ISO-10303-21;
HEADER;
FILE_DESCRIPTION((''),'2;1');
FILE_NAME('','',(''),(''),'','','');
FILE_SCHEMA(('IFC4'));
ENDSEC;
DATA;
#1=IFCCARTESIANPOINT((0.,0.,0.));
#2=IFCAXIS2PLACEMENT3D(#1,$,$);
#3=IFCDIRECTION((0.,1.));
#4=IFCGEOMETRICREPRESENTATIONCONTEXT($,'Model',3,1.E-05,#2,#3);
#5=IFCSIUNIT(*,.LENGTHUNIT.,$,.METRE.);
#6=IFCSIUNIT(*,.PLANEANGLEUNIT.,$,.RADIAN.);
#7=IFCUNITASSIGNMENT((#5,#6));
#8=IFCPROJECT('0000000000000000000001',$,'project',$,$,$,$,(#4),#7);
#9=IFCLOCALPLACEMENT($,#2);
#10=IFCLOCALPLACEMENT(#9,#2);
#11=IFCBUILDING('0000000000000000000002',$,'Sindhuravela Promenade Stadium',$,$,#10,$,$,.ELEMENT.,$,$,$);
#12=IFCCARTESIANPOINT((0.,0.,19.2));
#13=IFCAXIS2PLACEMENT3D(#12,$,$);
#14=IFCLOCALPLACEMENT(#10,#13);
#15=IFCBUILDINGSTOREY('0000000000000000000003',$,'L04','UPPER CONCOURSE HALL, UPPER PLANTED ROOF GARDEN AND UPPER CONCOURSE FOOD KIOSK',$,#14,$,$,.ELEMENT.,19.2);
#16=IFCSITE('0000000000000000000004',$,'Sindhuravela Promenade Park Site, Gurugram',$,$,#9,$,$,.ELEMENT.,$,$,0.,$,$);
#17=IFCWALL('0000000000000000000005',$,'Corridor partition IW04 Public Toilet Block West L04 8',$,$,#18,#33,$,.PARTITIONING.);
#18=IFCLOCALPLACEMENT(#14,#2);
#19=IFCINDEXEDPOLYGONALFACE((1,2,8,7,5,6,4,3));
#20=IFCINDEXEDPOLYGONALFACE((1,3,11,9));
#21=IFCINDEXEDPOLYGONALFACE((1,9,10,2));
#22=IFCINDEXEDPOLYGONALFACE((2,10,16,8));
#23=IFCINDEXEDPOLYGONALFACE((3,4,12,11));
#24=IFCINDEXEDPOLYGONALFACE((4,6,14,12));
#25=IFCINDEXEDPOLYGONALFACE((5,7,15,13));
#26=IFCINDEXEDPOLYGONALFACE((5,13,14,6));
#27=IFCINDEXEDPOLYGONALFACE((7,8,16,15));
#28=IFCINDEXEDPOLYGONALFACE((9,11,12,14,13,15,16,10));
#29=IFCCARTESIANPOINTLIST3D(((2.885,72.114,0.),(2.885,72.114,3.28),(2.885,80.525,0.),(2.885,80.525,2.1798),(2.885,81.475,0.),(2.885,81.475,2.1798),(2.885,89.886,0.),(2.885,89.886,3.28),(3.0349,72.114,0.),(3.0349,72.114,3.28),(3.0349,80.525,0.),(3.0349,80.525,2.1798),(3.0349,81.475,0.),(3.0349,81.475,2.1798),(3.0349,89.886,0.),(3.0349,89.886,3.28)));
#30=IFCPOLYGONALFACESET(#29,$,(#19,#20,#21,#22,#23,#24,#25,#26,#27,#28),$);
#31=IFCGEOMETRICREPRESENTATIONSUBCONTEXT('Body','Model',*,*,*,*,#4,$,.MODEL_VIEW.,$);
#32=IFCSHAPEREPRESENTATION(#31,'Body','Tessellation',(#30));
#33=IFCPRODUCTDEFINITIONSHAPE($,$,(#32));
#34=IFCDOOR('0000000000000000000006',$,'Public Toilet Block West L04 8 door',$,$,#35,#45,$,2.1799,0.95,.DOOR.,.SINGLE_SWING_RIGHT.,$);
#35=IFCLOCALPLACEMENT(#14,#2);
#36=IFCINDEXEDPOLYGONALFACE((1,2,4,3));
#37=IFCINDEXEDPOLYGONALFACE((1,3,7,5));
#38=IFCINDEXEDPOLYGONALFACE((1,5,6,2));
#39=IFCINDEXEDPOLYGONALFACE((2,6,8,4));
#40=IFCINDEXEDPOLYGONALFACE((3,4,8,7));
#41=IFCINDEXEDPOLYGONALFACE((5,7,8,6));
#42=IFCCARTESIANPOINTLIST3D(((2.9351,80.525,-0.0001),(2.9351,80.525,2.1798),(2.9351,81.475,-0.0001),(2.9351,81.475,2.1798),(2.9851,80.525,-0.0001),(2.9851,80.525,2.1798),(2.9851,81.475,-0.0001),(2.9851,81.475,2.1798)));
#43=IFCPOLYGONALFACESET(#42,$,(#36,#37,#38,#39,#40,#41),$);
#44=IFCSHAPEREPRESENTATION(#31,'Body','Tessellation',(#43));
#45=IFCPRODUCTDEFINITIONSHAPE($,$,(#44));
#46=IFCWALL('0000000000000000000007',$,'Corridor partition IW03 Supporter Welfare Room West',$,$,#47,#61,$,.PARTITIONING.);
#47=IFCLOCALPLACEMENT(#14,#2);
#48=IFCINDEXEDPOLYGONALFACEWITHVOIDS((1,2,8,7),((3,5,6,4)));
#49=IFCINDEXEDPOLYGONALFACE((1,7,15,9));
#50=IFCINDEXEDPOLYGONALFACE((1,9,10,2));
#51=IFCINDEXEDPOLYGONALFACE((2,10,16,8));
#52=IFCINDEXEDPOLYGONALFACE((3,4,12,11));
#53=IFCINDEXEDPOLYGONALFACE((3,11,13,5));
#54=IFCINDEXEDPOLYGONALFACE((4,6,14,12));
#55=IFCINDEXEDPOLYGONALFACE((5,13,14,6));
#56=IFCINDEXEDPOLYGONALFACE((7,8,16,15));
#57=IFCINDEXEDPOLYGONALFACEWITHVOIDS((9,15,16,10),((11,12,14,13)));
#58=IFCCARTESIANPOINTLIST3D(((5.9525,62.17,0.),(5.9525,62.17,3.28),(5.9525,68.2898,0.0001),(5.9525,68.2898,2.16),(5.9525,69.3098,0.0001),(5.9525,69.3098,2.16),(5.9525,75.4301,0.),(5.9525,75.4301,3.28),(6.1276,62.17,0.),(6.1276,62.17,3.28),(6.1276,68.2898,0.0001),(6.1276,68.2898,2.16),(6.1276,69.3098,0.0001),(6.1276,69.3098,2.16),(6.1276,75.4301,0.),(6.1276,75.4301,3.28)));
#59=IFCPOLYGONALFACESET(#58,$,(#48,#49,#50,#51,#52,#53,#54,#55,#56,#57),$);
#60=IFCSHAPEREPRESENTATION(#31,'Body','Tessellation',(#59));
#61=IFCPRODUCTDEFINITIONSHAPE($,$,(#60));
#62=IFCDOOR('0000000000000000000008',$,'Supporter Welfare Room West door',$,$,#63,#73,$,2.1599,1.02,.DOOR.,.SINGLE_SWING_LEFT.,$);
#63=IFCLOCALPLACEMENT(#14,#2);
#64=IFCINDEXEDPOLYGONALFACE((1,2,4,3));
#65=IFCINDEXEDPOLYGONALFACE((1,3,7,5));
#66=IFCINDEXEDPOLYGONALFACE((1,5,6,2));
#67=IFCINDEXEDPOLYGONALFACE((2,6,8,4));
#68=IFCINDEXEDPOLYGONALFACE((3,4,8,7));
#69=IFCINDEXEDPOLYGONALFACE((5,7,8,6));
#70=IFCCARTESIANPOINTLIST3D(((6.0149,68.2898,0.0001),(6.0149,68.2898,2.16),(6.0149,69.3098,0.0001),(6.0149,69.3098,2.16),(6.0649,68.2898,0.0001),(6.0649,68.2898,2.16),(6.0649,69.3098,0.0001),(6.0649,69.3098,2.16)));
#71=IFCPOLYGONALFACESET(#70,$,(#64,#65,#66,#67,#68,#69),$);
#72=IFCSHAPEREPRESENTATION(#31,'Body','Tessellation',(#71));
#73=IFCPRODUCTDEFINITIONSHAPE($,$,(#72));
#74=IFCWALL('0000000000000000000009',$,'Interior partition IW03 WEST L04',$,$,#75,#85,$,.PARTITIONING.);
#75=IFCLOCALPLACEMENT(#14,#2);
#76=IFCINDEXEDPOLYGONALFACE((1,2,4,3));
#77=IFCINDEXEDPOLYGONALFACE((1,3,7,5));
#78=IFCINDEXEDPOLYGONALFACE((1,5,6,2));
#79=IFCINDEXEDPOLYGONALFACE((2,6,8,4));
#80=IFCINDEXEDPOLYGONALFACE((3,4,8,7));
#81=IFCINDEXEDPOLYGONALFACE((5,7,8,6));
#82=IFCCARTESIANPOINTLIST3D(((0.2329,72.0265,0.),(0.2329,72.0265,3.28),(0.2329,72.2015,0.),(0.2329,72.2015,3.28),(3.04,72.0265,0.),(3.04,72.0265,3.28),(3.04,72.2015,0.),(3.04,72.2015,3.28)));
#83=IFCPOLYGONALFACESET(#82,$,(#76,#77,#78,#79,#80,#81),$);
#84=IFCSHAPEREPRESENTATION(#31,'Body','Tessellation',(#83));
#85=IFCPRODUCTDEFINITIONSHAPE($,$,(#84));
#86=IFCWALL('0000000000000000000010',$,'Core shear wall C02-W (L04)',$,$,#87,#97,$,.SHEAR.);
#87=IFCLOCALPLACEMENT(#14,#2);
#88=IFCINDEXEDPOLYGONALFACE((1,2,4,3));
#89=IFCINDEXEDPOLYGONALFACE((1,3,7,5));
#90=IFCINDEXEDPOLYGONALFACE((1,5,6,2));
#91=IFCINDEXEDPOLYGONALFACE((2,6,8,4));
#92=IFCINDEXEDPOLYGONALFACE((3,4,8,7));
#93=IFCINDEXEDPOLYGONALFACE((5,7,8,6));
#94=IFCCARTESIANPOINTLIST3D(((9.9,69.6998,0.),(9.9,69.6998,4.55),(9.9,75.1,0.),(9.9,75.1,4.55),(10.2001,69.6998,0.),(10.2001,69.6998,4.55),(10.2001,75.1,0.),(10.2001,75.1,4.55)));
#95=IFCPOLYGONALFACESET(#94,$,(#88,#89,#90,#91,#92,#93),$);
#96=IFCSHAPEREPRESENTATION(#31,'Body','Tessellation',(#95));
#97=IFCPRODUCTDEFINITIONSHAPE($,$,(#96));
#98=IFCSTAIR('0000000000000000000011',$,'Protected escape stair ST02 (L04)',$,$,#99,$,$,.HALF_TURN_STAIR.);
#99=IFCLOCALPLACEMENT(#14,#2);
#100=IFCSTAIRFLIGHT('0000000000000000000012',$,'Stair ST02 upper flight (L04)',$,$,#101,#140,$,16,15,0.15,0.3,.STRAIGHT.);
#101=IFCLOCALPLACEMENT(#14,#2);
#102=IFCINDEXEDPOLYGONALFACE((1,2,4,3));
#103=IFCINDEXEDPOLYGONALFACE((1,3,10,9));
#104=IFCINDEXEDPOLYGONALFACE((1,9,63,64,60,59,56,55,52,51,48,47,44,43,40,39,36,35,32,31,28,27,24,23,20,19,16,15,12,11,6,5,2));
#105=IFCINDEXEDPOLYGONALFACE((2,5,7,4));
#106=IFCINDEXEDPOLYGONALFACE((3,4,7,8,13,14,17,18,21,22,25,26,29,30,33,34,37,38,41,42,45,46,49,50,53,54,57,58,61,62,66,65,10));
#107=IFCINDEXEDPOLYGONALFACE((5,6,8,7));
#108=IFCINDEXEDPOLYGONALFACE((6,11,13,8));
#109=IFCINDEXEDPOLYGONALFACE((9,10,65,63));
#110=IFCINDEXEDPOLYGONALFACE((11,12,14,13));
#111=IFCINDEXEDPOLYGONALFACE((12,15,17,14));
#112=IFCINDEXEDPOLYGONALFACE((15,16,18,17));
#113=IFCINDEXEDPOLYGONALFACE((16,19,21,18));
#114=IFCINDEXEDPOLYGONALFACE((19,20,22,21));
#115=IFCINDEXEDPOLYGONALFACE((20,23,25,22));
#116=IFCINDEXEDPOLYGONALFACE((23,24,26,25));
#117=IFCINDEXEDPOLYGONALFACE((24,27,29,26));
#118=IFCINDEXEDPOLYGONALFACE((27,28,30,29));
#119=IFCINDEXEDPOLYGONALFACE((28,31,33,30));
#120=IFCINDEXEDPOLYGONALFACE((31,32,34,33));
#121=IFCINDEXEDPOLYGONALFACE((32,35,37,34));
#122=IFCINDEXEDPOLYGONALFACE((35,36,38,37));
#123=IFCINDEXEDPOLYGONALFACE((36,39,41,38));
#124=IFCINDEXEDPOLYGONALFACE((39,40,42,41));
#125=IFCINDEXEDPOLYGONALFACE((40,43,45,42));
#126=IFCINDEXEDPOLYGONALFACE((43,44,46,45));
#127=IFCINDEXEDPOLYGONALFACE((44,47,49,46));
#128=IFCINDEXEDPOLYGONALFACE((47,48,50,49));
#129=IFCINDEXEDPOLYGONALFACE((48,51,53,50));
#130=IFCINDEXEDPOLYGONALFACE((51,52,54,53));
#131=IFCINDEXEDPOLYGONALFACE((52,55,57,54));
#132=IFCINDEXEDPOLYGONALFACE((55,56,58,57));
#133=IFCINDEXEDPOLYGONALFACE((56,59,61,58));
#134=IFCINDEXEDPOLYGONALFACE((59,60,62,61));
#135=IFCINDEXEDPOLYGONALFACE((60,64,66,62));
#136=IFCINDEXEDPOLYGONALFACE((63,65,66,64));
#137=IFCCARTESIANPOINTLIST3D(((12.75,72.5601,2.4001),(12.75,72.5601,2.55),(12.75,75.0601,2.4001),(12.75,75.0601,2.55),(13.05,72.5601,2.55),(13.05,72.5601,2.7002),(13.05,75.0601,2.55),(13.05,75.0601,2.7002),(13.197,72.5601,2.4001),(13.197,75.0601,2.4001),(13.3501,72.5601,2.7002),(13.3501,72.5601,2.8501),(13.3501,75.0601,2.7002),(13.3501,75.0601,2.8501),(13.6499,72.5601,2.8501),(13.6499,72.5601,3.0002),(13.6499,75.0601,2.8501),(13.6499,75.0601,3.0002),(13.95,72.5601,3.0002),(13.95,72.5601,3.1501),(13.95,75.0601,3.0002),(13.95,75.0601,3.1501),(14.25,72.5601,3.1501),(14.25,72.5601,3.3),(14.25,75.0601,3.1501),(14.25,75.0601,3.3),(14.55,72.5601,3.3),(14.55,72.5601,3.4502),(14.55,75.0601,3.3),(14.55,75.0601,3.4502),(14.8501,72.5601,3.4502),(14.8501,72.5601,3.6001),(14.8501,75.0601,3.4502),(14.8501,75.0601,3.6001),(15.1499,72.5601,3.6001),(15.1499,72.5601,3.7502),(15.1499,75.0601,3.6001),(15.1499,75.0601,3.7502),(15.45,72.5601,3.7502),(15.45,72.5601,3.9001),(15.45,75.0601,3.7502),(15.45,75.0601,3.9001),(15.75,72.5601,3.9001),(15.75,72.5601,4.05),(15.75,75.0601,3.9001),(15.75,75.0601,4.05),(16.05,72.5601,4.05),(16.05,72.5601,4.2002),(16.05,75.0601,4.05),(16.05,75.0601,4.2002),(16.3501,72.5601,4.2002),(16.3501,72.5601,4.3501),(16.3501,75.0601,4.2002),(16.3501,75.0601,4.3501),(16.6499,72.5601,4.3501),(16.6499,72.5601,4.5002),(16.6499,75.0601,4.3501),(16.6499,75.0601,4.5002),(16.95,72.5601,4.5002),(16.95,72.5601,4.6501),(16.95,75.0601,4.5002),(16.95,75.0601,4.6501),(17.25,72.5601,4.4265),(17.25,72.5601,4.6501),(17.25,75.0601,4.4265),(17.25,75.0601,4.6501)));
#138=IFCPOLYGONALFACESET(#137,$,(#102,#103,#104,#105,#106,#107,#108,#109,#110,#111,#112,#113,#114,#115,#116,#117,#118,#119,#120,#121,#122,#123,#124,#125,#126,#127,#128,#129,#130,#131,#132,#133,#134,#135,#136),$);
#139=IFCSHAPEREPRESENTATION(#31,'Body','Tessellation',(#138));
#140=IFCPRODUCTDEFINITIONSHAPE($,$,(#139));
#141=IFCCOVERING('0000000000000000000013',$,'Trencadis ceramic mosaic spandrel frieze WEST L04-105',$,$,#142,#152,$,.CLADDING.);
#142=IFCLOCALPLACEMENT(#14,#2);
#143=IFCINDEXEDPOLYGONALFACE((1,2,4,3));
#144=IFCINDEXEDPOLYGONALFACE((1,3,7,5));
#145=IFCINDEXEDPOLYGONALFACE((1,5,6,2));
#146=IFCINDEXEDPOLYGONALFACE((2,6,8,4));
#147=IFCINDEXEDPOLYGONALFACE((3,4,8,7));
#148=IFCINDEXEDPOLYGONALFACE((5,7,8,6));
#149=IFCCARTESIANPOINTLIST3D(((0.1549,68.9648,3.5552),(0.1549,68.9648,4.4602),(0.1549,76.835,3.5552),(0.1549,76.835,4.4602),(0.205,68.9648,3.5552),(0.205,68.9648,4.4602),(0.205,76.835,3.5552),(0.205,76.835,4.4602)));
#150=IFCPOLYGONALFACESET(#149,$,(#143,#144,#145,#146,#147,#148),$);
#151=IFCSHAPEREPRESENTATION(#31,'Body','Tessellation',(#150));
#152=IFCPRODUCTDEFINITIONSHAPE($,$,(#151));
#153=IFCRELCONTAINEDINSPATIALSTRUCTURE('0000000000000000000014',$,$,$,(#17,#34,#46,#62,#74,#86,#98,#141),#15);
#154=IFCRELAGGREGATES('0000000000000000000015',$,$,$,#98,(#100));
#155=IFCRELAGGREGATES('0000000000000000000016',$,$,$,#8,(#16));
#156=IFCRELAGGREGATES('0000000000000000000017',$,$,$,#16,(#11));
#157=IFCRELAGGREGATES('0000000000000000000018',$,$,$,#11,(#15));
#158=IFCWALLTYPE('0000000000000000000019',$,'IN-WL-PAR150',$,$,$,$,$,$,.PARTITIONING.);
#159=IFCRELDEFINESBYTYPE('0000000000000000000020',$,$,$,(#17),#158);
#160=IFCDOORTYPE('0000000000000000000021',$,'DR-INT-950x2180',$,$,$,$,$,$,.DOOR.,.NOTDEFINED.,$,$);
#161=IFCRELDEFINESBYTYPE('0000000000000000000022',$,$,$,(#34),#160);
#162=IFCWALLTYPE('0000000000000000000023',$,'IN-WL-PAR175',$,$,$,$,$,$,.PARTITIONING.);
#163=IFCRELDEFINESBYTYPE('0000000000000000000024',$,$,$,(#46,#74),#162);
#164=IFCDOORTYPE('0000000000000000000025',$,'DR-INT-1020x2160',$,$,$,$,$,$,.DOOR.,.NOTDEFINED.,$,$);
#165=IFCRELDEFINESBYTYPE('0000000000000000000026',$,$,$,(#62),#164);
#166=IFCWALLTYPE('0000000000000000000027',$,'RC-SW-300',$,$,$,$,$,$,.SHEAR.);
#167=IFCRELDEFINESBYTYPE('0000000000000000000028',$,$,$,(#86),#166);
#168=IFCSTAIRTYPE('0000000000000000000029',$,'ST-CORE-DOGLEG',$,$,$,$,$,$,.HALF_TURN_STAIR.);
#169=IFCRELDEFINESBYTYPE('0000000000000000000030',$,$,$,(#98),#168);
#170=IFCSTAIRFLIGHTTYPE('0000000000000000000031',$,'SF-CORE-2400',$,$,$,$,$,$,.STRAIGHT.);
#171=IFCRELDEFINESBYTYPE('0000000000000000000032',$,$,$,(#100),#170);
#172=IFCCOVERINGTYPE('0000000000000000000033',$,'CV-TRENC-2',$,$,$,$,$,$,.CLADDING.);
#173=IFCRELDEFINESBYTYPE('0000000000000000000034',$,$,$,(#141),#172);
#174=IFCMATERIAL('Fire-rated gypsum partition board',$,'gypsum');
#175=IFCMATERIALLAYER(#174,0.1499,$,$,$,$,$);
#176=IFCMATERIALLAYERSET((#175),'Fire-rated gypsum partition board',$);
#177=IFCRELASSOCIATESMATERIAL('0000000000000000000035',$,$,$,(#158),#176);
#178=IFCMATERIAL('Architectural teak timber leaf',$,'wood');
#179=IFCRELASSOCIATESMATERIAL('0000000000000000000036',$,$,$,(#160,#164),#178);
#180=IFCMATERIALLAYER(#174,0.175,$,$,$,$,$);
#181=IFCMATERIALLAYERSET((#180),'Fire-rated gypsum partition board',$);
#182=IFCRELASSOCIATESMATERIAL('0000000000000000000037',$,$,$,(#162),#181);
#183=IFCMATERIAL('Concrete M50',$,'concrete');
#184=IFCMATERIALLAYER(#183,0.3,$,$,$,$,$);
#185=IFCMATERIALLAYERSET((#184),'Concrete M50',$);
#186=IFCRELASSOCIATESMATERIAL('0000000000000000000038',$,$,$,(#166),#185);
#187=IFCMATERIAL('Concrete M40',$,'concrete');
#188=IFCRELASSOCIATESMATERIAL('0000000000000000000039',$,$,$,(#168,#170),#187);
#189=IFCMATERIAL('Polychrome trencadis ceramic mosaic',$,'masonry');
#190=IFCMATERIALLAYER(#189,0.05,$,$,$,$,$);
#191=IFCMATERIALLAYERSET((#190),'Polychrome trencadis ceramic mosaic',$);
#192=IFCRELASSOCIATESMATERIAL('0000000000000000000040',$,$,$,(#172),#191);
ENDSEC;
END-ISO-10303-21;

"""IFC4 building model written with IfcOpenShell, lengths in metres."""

from ifc_helpers import new_model, si_unit, direction, frame, frame_2d, origin, origin_2d, place, context, subcontext, project, spatial, polyline, rectangle, outline, extrude, material, layer, layer_set, type_object, element, fill, aggregate, save


model = new_model("IFC4")

# Units and contexts
model_context = context("Model", 3, precision=1e-05, world=origin(), true_north=direction((0.0, 1.0)))
body_context = subcontext(model_context, "Body", "Model", "MODEL_VIEW")
ifc_project = project(units=[si_unit("LENGTHUNIT", "METRE"), si_unit("PLANEANGLEUNIT", "RADIAN")], contexts=[model_context])

# Site, building, storey
site_placement = place(None, origin())
site = spatial("IfcSite", under=ifc_project, at=site_placement, Name="Sindhuravela Promenade Park Site, Gurugram", CompositionType="ELEMENT", RefElevation=0.0)
building_placement = place(site_placement, origin())
building = spatial("IfcBuilding", under=site, at=building_placement, Name="Sindhuravela Promenade Stadium", CompositionType="ELEMENT")
storey_placement = place(building_placement, frame((0.0, 0.0, 19.2)))
storey = spatial("IfcBuildingStorey", under=building, at=storey_placement, Name="L04", Description="UPPER CONCOURSE HALL, UPPER PLANTED ROOF GARDEN AND UPPER CONCOURSE FOOD KIOSK", CompositionType="ELEMENT", Elevation=19.2)

# Shared definitions
ifc_material_1 = material(Name="Concrete M40", Category="concrete")

# Shared definitions
ifc_material_2 = material(Name="Fire-rated gypsum partition board", Category="gypsum")
ifc_layer_1 = layer(ifc_material_2, 0.1499)
ifc_layer_set_1 = layer_set([ifc_layer_1], Name="Fire-rated gypsum partition board")
wall_type_1 = type_object("IfcWallType", Name="IN-WL-PAR150", PredefinedType="PARTITIONING", material=ifc_layer_set_1)

# Walls, openings, doors
wall_1_placement = place(storey_placement, frame((2.96, 72.114, 0.0), z_axis=(0.0, 0.0, 1.0), x_axis=(0.0, 1.0, 0.0)))
wall_1 = element("IfcWall", 1, at=wall_1_placement, inside=storey, type_object=wall_type_1, Name="Corridor partition IW04 Public Toilet Block West L04 8", PredefinedType="PARTITIONING", context=body_context, shape_type="SweptSolid", body=[
    extrude(rectangle(XDim=17.772, YDim=0.1499, at=frame_2d((8.886, 0.0))), origin(), (0.0, 0.0, 1.0), 3.28),
])
opening_1_placement = place(wall_1_placement, frame((8.4109, 0.0, 0.0)))
opening_1 = element("IfcOpeningElement", 2, at=opening_1_placement, cuts=wall_1, PredefinedType="OPENING", context=body_context, shape_type="SweptSolid", body=[
    extrude(rectangle(XDim=0.95, YDim=2.1799, at=frame_2d((0.4751, 1.0898))), frame((0.0, 0.085, 0.0), z_axis=(0.0, -1.0, 0.0), x_axis=(1.0, 0.0, 0.0)), (0.0, 0.0, 1.0), 0.1699),
])
ifc_material_3 = material(Name="Architectural teak timber leaf", Category="wood")
door_type_1 = type_object("IfcDoorType", Name="DR-INT-950x2180", OperationType="NOTDEFINED", PredefinedType="DOOR", material=ifc_material_3)
door_1_placement = place(opening_1_placement, origin())
door_1 = element("IfcDoor", 3, at=door_1_placement, inside=storey, type_object=door_type_1, Name="Public Toilet Block West L04 8 door", OperationType="SINGLE_SWING_RIGHT", OverallHeight=2.1799, OverallWidth=0.95, PredefinedType="DOOR", context=body_context, shape_type="SweptSolid", body=[
    extrude(rectangle(XDim=0.95, YDim=2.1799, at=frame_2d((0.4751, 1.0898))), frame((0.0, 0.0249, 0.0), z_axis=(0.0, -1.0, 0.0), x_axis=(1.0, 0.0, 0.0)), (0.0, 0.0, 1.0), 0.05),
])
fill(opening_1, door_1)
ifc_layer_2 = layer(ifc_material_2, 0.175)
ifc_layer_set_2 = layer_set([ifc_layer_2], Name="Fire-rated gypsum partition board")
wall_type_2 = type_object("IfcWallType", Name="IN-WL-PAR175", PredefinedType="PARTITIONING", material=ifc_layer_set_2)
wall_2_placement = place(storey_placement, frame((6.04, 75.4299, 0.0), z_axis=(0.0, 0.0, 1.0), x_axis=(0.0, -1.0, 0.0)))
wall_2 = element("IfcWall", 4, at=wall_2_placement, inside=storey, type_object=wall_type_2, Name="Corridor partition IW03 Supporter Welfare Room West", PredefinedType="PARTITIONING", context=body_context, shape_type="SweptSolid", body=[
    extrude(rectangle(XDim=13.26, YDim=0.175, at=frame_2d((6.6299, 0.0))), origin(), (0.0, 0.0, 1.0), 3.28),
])
opening_2_placement = place(wall_2_placement, frame((6.1201, 0.0, 0.0)))
opening_2 = element("IfcOpeningElement", 5, at=opening_2_placement, cuts=wall_2, PredefinedType="OPENING", context=body_context, shape_type="SweptSolid", body=[
    extrude(rectangle(XDim=1.02, YDim=2.1599, at=frame_2d((0.51, 1.0801))), frame((0.0, 0.0974, 0.0), z_axis=(0.0, -1.0, 0.0), x_axis=(1.0, 0.0, 0.0)), (0.0, 0.0, 1.0), 0.1951),
])
door_type_2 = type_object("IfcDoorType", Name="DR-INT-1020x2160", OperationType="NOTDEFINED", PredefinedType="DOOR", material=ifc_material_3)
door_2_placement = place(opening_2_placement, origin())
door_2 = element("IfcDoor", 6, at=door_2_placement, inside=storey, type_object=door_type_2, Name="Supporter Welfare Room West door", OperationType="SINGLE_SWING_LEFT", OverallHeight=2.1599, OverallWidth=1.02, PredefinedType="DOOR", context=body_context, shape_type="SweptSolid", body=[
    extrude(rectangle(XDim=1.02, YDim=2.1599, at=frame_2d((0.51, 1.0801))), frame((0.0, 0.0249, 0.0), z_axis=(0.0, -1.0, 0.0), x_axis=(1.0, 0.0, 0.0)), (0.0, 0.0, 1.0), 0.05),
])
fill(opening_2, door_2)

# Walls
wall_3_placement = place(storey_placement, frame((0.2329, 72.114, 0.0), z_axis=(0.0, 0.0, 1.0), x_axis=(1.0, 0.0, 0.0)))
element("IfcWall", 7, at=wall_3_placement, inside=storey, type_object=wall_type_2, Name="Interior partition IW03 WEST L04", PredefinedType="PARTITIONING", context=body_context, shape_type="SweptSolid", body=[
    extrude(rectangle(XDim=2.8071, YDim=0.175, at=frame_2d((1.4036, 0.0))), origin(), (0.0, 0.0, 1.0), 3.28),
])
ifc_material_4 = material(Name="Concrete M50", Category="concrete")
ifc_layer_3 = layer(ifc_material_4, 0.3)
ifc_layer_set_3 = layer_set([ifc_layer_3], Name="Concrete M50")
wall_type_3 = type_object("IfcWallType", Name="RC-SW-300", PredefinedType="SHEAR", material=ifc_layer_set_3)
wall_4_placement = place(storey_placement, frame((10.05, 75.1001, 0.0), z_axis=(0.0, 0.0, 1.0), x_axis=(0.0, -1.0, 0.0)))
element("IfcWall", 8, at=wall_4_placement, inside=storey, type_object=wall_type_3, Name="Core shear wall C02-W (L04)", PredefinedType="SHEAR", context=body_context, shape_type="SweptSolid", body=[
    extrude(rectangle(XDim=5.4001, YDim=0.3, at=frame_2d((2.7002, 0.0))), origin(), (0.0, 0.0, 1.0), 4.55),
])

# Stair, stair flight
stair_type = type_object("IfcStairType", Name="ST-CORE-DOGLEG", PredefinedType="HALF_TURN_STAIR", material=ifc_material_1)
stair_placement = place(storey_placement, origin())
stair = element("IfcStair", 9, at=stair_placement, inside=storey, type_object=stair_type, Name="Protected escape stair ST02 (L04)", PredefinedType="HALF_TURN_STAIR")
stair_flight_type = type_object("IfcStairFlightType", Name="SF-CORE-2400", PredefinedType="STRAIGHT", material=ifc_material_1)
stair_flight_placement = place(storey_placement, frame((12.75, 73.8101, 2.4001), z_axis=(0.0, 0.0, 1.0), x_axis=(1.0, 0.0, 0.0)))
stair_flight = element("IfcStairFlight", 10, at=stair_flight_placement, type_object=stair_flight_type, Name="Stair ST02 upper flight (L04)", NumberOfRisers=16, NumberOfTreads=15, PredefinedType="STRAIGHT", RiserHeight=0.15, TreadLength=0.3, context=body_context, shape_type="SweptSolid", body=[
    extrude(outline(polyline([(0.0, 0.0), (0.0, 0.1499), (0.3, 0.1499), (0.3, 0.3), (0.6001, 0.3), (0.6001, 0.45), (0.8999, 0.45), (0.8999, 0.6001), (1.2, 0.6001), (1.2, 0.75), (1.5, 0.75), (1.5, 0.8999), (1.8, 0.8999), (1.8, 1.05), (2.1001, 1.05), (2.1001, 1.2), (2.3999, 1.2), (2.3999, 1.3501), (2.7, 1.3501), (2.7, 1.5), (3.0, 1.5), (3.0, 1.6499), (3.3, 1.6499), (3.3, 1.8), (3.6001, 1.8), (3.6001, 1.95), (3.8999, 1.95), (3.8999, 2.1001), (4.2, 2.1001), (4.2, 2.25), (4.5, 2.25), (4.5, 2.3999), (4.5, 2.0264), (0.447, 0.0), (0.0, 0.0)])), frame((0.0, 1.25, 0.0), z_axis=(0.0, -1.0, 0.0), x_axis=(1.0, 0.0, 0.0)), (0.0, 0.0, 1.0), 2.5),
])
aggregate(stair, [stair_flight])

# Covering
ifc_material_5 = material(Name="Polychrome trencadis ceramic mosaic", Category="masonry")
ifc_layer_4 = layer(ifc_material_5, 0.05)
ifc_layer_set_4 = layer_set([ifc_layer_4], Name="Polychrome trencadis ceramic mosaic")
covering_type = type_object("IfcCoveringType", Name="CV-TRENC-2", PredefinedType="CLADDING", material=ifc_layer_set_4)
covering_placement = place(storey_placement, frame((0.1799, 72.8999, 3.5552), z_axis=(0.0, 0.0, 1.0), x_axis=(0.0, 1.0, 0.0)))
element("IfcCovering", 11, at=covering_placement, inside=storey, type_object=covering_type, Name="Trencadis ceramic mosaic spandrel frieze WEST L04-105", PredefinedType="CLADDING", context=body_context, shape_type="SweptSolid", body=[
    extrude(rectangle(XDim=7.8701, YDim=0.05, at=origin_2d()), origin(), (0.0, 0.0, 1.0), 0.905),
])

save(model, "model.ifc")
